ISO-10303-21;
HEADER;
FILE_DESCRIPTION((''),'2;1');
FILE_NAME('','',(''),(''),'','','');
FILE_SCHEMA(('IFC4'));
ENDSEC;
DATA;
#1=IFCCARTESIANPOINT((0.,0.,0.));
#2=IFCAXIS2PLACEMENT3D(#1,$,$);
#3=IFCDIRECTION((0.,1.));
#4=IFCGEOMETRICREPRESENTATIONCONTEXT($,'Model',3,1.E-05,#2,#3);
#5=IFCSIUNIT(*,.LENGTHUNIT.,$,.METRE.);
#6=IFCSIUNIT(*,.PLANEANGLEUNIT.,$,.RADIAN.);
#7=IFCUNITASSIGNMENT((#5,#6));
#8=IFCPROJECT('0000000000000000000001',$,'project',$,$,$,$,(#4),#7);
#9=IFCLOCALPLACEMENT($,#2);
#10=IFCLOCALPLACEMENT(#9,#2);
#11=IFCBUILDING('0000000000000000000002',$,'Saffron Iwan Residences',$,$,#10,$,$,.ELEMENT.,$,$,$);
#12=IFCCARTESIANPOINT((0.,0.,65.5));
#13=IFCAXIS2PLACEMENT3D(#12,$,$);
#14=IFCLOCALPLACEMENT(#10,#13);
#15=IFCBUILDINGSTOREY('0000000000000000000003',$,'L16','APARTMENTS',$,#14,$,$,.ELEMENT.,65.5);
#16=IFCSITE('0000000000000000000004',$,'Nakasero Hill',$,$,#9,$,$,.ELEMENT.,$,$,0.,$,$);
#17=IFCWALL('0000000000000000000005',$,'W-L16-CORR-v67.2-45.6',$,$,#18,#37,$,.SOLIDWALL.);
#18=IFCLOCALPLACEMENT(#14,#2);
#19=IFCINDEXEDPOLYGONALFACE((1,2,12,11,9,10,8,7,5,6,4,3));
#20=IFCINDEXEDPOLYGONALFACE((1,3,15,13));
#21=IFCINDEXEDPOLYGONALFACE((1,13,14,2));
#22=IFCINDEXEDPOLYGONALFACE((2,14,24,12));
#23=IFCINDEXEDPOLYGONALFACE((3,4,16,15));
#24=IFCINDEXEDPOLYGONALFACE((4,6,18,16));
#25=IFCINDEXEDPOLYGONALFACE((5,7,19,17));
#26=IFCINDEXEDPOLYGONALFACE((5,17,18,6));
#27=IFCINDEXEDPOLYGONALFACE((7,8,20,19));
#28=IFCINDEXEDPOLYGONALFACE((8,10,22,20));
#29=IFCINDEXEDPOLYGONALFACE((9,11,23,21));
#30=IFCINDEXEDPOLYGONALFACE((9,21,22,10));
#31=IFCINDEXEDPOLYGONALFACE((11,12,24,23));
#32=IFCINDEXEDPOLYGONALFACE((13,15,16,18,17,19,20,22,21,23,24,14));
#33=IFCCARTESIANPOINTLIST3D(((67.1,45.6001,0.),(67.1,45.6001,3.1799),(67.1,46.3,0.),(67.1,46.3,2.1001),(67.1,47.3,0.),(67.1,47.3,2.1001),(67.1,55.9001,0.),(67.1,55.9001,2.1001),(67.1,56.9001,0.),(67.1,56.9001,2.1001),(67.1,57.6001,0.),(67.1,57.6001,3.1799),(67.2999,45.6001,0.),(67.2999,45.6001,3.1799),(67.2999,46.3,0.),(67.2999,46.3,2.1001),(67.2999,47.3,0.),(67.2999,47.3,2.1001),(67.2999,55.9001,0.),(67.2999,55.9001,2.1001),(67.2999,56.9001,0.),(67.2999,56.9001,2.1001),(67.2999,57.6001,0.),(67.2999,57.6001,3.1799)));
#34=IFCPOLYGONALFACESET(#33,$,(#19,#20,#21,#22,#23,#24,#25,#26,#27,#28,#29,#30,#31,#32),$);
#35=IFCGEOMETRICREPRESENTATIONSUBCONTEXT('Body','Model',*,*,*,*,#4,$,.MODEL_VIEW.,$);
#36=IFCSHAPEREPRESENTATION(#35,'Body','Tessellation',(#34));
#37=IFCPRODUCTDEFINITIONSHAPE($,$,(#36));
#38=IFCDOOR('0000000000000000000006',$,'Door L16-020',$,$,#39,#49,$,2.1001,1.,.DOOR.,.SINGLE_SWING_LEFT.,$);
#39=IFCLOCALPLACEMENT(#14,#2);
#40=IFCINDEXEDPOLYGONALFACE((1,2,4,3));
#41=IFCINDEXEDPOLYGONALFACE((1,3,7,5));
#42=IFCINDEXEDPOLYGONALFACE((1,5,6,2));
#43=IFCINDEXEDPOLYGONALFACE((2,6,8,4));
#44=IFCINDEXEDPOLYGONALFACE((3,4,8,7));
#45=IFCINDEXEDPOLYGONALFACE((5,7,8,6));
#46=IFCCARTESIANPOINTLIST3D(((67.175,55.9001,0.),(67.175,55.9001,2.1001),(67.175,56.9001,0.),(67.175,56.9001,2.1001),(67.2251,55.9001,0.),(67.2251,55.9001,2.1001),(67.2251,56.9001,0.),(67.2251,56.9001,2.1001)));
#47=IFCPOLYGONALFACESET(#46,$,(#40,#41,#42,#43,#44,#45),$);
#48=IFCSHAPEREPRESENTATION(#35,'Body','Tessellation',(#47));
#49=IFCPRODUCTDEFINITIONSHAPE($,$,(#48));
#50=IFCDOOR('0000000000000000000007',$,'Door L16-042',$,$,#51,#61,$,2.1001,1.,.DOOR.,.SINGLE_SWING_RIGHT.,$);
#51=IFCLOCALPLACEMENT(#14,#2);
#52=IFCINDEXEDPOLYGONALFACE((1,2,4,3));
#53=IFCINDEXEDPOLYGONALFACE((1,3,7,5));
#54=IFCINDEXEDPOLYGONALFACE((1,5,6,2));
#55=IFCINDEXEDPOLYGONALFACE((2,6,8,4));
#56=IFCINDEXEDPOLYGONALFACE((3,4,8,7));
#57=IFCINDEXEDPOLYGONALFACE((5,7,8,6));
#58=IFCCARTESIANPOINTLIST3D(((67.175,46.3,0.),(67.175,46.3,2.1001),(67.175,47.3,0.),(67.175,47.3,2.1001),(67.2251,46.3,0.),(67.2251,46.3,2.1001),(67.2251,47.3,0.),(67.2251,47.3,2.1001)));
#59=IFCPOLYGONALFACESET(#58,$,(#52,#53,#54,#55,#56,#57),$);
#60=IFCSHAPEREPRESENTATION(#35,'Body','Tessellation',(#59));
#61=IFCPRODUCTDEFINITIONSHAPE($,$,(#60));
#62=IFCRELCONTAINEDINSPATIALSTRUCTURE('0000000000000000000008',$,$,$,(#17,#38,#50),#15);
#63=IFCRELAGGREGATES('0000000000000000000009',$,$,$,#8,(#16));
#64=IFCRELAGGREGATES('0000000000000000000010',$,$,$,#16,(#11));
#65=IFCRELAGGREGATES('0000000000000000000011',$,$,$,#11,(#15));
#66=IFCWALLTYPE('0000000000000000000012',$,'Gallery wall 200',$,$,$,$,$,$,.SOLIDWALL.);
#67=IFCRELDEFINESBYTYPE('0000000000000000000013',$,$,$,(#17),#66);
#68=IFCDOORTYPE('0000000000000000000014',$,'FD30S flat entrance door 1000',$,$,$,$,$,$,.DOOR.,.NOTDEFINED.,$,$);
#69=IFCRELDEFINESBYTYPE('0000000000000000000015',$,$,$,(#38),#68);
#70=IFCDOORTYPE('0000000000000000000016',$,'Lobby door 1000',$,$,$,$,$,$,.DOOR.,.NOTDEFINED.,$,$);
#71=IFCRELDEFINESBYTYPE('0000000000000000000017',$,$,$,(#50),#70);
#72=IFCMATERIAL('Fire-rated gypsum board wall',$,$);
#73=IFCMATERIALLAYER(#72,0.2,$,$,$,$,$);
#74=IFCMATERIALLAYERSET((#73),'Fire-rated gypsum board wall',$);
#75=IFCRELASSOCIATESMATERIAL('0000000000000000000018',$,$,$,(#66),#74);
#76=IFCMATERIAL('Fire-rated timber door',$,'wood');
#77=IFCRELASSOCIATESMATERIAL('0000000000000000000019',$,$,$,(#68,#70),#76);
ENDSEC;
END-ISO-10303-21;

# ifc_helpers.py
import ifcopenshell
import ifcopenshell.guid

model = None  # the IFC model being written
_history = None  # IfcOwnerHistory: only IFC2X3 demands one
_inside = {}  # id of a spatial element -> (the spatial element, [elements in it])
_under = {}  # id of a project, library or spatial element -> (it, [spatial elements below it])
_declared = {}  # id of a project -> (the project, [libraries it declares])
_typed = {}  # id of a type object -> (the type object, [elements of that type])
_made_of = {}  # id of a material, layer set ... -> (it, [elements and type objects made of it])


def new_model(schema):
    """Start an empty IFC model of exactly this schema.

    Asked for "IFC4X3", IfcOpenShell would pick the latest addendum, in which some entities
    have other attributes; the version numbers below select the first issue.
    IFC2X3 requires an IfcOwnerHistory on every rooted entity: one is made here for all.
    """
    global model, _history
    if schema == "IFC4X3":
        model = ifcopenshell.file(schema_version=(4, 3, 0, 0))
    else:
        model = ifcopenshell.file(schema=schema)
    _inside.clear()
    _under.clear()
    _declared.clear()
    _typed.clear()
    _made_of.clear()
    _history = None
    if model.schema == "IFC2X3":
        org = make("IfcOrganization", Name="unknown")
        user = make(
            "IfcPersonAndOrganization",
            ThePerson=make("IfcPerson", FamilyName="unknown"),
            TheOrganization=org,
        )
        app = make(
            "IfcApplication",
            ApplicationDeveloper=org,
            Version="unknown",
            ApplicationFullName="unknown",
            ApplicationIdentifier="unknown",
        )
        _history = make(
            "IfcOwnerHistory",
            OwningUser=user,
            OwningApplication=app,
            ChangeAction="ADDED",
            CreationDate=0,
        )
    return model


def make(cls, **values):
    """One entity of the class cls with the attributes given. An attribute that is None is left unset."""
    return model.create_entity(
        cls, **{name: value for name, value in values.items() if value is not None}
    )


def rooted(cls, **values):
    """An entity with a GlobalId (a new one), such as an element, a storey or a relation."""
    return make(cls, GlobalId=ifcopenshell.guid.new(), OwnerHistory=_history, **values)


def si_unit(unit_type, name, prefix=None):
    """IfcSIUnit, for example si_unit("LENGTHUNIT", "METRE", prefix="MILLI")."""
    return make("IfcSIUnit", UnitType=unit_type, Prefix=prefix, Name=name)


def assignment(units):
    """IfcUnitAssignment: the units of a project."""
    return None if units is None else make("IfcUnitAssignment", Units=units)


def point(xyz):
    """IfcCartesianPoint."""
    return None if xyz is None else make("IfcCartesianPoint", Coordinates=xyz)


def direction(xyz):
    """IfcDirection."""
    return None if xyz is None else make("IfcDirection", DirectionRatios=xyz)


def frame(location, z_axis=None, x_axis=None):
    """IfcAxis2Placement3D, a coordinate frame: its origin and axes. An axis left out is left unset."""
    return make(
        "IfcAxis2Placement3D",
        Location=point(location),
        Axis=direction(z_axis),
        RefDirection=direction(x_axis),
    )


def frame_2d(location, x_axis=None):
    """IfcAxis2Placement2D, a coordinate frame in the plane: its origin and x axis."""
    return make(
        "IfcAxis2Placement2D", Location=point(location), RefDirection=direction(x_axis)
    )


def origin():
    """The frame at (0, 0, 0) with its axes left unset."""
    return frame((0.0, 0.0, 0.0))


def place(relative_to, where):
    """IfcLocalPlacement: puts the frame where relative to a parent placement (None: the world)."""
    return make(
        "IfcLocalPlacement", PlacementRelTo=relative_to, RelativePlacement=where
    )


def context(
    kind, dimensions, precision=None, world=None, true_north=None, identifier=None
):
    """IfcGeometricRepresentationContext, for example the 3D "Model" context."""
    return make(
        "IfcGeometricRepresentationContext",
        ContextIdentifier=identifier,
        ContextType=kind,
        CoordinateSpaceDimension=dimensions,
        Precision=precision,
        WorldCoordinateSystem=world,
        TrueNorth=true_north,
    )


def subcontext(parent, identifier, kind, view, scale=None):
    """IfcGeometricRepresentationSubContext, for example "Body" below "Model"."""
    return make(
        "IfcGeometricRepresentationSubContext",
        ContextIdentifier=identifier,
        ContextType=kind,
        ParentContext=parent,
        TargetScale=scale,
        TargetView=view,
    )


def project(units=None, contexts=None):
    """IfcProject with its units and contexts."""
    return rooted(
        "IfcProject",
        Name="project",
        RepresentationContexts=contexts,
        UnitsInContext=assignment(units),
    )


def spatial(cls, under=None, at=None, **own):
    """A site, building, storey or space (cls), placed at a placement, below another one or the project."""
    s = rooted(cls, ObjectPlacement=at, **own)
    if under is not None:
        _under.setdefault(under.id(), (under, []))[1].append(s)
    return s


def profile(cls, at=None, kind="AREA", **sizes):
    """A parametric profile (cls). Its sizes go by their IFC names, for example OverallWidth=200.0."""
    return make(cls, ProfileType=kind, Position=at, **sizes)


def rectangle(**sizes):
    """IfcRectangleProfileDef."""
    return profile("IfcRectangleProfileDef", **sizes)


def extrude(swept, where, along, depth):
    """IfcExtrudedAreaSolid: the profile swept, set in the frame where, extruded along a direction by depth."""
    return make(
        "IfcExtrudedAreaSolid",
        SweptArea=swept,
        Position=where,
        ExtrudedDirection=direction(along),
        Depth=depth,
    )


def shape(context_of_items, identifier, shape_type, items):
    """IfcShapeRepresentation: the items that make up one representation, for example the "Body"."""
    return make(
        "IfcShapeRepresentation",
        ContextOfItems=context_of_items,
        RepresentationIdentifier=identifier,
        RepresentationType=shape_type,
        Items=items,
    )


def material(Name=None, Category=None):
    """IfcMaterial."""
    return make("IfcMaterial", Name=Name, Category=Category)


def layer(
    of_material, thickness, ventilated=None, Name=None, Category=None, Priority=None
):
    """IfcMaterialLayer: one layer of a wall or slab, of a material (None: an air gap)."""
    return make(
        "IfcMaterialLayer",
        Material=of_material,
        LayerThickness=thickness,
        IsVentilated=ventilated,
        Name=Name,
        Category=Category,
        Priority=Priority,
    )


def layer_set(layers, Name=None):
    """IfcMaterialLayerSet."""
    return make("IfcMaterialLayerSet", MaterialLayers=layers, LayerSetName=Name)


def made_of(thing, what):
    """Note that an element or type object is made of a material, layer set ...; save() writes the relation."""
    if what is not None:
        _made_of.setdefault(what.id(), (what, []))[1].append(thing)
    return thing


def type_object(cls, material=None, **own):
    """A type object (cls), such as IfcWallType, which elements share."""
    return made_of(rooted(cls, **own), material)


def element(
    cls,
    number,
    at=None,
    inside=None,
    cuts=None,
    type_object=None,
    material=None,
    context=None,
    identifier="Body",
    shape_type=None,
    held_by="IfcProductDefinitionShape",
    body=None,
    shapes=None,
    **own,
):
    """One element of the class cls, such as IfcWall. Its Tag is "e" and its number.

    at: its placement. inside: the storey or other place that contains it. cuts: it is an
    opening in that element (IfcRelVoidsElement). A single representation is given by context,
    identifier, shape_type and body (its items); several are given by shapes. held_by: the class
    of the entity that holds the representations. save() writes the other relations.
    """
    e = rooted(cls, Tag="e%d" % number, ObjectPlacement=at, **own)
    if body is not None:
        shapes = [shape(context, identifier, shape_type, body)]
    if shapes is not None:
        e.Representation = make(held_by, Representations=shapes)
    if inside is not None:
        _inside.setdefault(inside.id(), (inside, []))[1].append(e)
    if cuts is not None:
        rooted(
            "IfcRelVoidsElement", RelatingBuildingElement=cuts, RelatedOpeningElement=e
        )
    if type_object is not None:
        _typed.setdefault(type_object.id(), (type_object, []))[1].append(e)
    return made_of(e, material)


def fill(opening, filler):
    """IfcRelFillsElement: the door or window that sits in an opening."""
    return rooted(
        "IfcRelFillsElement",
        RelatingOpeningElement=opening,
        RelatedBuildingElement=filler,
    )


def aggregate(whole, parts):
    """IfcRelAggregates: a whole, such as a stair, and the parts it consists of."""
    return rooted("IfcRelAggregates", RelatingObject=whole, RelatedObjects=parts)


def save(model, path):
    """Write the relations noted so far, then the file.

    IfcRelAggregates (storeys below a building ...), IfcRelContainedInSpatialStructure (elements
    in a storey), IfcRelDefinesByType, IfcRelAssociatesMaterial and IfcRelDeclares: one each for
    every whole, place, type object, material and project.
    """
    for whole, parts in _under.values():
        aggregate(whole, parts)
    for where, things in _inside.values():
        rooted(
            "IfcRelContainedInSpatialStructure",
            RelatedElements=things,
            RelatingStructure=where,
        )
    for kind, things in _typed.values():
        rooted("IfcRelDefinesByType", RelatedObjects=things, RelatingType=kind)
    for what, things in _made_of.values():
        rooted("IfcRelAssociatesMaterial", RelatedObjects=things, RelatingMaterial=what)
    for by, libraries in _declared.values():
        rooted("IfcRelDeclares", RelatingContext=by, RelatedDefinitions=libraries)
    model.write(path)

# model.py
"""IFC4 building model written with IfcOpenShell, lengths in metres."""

from ifc_helpers import new_model, si_unit, direction, frame, frame_2d, origin, place, context, subcontext, project, spatial, rectangle, extrude, material, layer, layer_set, type_object, element, fill, save


model = new_model("IFC4")

# Units and contexts
model_context = context("Model", 3, precision=1e-05, world=origin(), true_north=direction((0.0, 1.0)))
body_context = subcontext(model_context, "Body", "Model", "MODEL_VIEW")
ifc_project = project(units=[si_unit("LENGTHUNIT", "METRE"), si_unit("PLANEANGLEUNIT", "RADIAN")], contexts=[model_context])

# Site, building, storey
site_placement = place(None, origin())
site = spatial("IfcSite", under=ifc_project, at=site_placement, Name="Nakasero Hill", CompositionType="ELEMENT", RefElevation=0.0)
building_placement = place(site_placement, origin())
building = spatial("IfcBuilding", under=site, at=building_placement, Name="Saffron Iwan Residences", CompositionType="ELEMENT")
storey_placement = place(building_placement, frame((0.0, 0.0, 65.5)))
storey = spatial("IfcBuildingStorey", under=building, at=storey_placement, Name="L16", Description="APARTMENTS", CompositionType="ELEMENT", Elevation=65.5)

# Wall, openings, doors
ifc_material_1 = material(Name="Fire-rated gypsum board wall")
ifc_layer_1 = layer(ifc_material_1, 0.2)
ifc_layer_set_1 = layer_set([ifc_layer_1], Name="Fire-rated gypsum board wall")
wall_type_1 = type_object("IfcWallType", Name="Gallery wall 200", PredefinedType="SOLIDWALL", material=ifc_layer_set_1)
wall_1_placement = place(storey_placement, frame((67.2, 45.6001, 0.0), z_axis=(0.0, 0.0, 1.0), x_axis=(0.0, 1.0, 0.0)))
wall_1 = element("IfcWall", 1, at=wall_1_placement, inside=storey, type_object=wall_type_1, Name="W-L16-CORR-v67.2-45.6", PredefinedType="SOLIDWALL", context=body_context, shape_type="SweptSolid", body=[
    extrude(rectangle(XDim=12.0, YDim=0.2, at=frame_2d((6.0, 0.0))), origin(), (0.0, 0.0, 1.0), 3.1799),
])
opening_1_placement = place(wall_1_placement, frame((10.3, 0.0, 0.0)))
opening_1 = element("IfcOpeningElement", 2, at=opening_1_placement, cuts=wall_1, PredefinedType="OPENING", context=body_context, shape_type="SweptSolid", body=[
    extrude(rectangle(XDim=1.0, YDim=2.1001, at=frame_2d((0.5, 1.05))), frame((0.0, 0.1099, 0.0), z_axis=(0.0, -1.0, 0.0), x_axis=(1.0, 0.0, 0.0)), (0.0, 0.0, 1.0), 0.22),
])
opening_2_placement = place(wall_1_placement, frame((0.7, 0.0, 0.0)))
opening_2 = element("IfcOpeningElement", 3, at=opening_2_placement, cuts=wall_1, PredefinedType="OPENING", context=body_context, shape_type="SweptSolid", body=[
    extrude(rectangle(XDim=1.0, YDim=2.1001, at=frame_2d((0.5, 1.05))), frame((0.0, 0.1099, 0.0), z_axis=(0.0, -1.0, 0.0), x_axis=(1.0, 0.0, 0.0)), (0.0, 0.0, 1.0), 0.22),
])
ifc_material_2 = material(Name="Fire-rated timber door", Category="wood")
door_type_1 = type_object("IfcDoorType", Name="FD30S flat entrance door 1000", OperationType="NOTDEFINED", PredefinedType="DOOR", material=ifc_material_2)
door_1_placement = place(opening_1_placement, origin())
door_1 = element("IfcDoor", 4, at=door_1_placement, inside=storey, type_object=door_type_1, Name="Door L16-020", OperationType="SINGLE_SWING_LEFT", OverallHeight=2.1001, OverallWidth=1.0, PredefinedType="DOOR", context=body_context, shape_type="SweptSolid", body=[
    extrude(rectangle(XDim=1.0, YDim=2.1001, at=frame_2d((0.5, 1.05))), frame((0.0, 0.0249, 0.0), z_axis=(0.0, -1.0, 0.0), x_axis=(1.0, 0.0, 0.0)), (0.0, 0.0, 1.0), 0.05),
])
fill(opening_1, door_1)
door_type_2 = type_object("IfcDoorType", Name="Lobby door 1000", OperationType="NOTDEFINED", PredefinedType="DOOR", material=ifc_material_2)
door_2_placement = place(opening_2_placement, origin())
door_2 = element("IfcDoor", 5, at=door_2_placement, inside=storey, type_object=door_type_2, Name="Door L16-042", OperationType="SINGLE_SWING_RIGHT", OverallHeight=2.1001, OverallWidth=1.0, PredefinedType="DOOR", context=body_context, shape_type="SweptSolid", body=[
    extrude(rectangle(XDim=1.0, YDim=2.1001, at=frame_2d((0.5, 1.05))), frame((0.0, 0.0249, 0.0), z_axis=(0.0, -1.0, 0.0), x_axis=(1.0, 0.0, 0.0)), (0.0, 0.0, 1.0), 0.05),
])
fill(opening_2, door_2)

save(model, "model.ifc")
